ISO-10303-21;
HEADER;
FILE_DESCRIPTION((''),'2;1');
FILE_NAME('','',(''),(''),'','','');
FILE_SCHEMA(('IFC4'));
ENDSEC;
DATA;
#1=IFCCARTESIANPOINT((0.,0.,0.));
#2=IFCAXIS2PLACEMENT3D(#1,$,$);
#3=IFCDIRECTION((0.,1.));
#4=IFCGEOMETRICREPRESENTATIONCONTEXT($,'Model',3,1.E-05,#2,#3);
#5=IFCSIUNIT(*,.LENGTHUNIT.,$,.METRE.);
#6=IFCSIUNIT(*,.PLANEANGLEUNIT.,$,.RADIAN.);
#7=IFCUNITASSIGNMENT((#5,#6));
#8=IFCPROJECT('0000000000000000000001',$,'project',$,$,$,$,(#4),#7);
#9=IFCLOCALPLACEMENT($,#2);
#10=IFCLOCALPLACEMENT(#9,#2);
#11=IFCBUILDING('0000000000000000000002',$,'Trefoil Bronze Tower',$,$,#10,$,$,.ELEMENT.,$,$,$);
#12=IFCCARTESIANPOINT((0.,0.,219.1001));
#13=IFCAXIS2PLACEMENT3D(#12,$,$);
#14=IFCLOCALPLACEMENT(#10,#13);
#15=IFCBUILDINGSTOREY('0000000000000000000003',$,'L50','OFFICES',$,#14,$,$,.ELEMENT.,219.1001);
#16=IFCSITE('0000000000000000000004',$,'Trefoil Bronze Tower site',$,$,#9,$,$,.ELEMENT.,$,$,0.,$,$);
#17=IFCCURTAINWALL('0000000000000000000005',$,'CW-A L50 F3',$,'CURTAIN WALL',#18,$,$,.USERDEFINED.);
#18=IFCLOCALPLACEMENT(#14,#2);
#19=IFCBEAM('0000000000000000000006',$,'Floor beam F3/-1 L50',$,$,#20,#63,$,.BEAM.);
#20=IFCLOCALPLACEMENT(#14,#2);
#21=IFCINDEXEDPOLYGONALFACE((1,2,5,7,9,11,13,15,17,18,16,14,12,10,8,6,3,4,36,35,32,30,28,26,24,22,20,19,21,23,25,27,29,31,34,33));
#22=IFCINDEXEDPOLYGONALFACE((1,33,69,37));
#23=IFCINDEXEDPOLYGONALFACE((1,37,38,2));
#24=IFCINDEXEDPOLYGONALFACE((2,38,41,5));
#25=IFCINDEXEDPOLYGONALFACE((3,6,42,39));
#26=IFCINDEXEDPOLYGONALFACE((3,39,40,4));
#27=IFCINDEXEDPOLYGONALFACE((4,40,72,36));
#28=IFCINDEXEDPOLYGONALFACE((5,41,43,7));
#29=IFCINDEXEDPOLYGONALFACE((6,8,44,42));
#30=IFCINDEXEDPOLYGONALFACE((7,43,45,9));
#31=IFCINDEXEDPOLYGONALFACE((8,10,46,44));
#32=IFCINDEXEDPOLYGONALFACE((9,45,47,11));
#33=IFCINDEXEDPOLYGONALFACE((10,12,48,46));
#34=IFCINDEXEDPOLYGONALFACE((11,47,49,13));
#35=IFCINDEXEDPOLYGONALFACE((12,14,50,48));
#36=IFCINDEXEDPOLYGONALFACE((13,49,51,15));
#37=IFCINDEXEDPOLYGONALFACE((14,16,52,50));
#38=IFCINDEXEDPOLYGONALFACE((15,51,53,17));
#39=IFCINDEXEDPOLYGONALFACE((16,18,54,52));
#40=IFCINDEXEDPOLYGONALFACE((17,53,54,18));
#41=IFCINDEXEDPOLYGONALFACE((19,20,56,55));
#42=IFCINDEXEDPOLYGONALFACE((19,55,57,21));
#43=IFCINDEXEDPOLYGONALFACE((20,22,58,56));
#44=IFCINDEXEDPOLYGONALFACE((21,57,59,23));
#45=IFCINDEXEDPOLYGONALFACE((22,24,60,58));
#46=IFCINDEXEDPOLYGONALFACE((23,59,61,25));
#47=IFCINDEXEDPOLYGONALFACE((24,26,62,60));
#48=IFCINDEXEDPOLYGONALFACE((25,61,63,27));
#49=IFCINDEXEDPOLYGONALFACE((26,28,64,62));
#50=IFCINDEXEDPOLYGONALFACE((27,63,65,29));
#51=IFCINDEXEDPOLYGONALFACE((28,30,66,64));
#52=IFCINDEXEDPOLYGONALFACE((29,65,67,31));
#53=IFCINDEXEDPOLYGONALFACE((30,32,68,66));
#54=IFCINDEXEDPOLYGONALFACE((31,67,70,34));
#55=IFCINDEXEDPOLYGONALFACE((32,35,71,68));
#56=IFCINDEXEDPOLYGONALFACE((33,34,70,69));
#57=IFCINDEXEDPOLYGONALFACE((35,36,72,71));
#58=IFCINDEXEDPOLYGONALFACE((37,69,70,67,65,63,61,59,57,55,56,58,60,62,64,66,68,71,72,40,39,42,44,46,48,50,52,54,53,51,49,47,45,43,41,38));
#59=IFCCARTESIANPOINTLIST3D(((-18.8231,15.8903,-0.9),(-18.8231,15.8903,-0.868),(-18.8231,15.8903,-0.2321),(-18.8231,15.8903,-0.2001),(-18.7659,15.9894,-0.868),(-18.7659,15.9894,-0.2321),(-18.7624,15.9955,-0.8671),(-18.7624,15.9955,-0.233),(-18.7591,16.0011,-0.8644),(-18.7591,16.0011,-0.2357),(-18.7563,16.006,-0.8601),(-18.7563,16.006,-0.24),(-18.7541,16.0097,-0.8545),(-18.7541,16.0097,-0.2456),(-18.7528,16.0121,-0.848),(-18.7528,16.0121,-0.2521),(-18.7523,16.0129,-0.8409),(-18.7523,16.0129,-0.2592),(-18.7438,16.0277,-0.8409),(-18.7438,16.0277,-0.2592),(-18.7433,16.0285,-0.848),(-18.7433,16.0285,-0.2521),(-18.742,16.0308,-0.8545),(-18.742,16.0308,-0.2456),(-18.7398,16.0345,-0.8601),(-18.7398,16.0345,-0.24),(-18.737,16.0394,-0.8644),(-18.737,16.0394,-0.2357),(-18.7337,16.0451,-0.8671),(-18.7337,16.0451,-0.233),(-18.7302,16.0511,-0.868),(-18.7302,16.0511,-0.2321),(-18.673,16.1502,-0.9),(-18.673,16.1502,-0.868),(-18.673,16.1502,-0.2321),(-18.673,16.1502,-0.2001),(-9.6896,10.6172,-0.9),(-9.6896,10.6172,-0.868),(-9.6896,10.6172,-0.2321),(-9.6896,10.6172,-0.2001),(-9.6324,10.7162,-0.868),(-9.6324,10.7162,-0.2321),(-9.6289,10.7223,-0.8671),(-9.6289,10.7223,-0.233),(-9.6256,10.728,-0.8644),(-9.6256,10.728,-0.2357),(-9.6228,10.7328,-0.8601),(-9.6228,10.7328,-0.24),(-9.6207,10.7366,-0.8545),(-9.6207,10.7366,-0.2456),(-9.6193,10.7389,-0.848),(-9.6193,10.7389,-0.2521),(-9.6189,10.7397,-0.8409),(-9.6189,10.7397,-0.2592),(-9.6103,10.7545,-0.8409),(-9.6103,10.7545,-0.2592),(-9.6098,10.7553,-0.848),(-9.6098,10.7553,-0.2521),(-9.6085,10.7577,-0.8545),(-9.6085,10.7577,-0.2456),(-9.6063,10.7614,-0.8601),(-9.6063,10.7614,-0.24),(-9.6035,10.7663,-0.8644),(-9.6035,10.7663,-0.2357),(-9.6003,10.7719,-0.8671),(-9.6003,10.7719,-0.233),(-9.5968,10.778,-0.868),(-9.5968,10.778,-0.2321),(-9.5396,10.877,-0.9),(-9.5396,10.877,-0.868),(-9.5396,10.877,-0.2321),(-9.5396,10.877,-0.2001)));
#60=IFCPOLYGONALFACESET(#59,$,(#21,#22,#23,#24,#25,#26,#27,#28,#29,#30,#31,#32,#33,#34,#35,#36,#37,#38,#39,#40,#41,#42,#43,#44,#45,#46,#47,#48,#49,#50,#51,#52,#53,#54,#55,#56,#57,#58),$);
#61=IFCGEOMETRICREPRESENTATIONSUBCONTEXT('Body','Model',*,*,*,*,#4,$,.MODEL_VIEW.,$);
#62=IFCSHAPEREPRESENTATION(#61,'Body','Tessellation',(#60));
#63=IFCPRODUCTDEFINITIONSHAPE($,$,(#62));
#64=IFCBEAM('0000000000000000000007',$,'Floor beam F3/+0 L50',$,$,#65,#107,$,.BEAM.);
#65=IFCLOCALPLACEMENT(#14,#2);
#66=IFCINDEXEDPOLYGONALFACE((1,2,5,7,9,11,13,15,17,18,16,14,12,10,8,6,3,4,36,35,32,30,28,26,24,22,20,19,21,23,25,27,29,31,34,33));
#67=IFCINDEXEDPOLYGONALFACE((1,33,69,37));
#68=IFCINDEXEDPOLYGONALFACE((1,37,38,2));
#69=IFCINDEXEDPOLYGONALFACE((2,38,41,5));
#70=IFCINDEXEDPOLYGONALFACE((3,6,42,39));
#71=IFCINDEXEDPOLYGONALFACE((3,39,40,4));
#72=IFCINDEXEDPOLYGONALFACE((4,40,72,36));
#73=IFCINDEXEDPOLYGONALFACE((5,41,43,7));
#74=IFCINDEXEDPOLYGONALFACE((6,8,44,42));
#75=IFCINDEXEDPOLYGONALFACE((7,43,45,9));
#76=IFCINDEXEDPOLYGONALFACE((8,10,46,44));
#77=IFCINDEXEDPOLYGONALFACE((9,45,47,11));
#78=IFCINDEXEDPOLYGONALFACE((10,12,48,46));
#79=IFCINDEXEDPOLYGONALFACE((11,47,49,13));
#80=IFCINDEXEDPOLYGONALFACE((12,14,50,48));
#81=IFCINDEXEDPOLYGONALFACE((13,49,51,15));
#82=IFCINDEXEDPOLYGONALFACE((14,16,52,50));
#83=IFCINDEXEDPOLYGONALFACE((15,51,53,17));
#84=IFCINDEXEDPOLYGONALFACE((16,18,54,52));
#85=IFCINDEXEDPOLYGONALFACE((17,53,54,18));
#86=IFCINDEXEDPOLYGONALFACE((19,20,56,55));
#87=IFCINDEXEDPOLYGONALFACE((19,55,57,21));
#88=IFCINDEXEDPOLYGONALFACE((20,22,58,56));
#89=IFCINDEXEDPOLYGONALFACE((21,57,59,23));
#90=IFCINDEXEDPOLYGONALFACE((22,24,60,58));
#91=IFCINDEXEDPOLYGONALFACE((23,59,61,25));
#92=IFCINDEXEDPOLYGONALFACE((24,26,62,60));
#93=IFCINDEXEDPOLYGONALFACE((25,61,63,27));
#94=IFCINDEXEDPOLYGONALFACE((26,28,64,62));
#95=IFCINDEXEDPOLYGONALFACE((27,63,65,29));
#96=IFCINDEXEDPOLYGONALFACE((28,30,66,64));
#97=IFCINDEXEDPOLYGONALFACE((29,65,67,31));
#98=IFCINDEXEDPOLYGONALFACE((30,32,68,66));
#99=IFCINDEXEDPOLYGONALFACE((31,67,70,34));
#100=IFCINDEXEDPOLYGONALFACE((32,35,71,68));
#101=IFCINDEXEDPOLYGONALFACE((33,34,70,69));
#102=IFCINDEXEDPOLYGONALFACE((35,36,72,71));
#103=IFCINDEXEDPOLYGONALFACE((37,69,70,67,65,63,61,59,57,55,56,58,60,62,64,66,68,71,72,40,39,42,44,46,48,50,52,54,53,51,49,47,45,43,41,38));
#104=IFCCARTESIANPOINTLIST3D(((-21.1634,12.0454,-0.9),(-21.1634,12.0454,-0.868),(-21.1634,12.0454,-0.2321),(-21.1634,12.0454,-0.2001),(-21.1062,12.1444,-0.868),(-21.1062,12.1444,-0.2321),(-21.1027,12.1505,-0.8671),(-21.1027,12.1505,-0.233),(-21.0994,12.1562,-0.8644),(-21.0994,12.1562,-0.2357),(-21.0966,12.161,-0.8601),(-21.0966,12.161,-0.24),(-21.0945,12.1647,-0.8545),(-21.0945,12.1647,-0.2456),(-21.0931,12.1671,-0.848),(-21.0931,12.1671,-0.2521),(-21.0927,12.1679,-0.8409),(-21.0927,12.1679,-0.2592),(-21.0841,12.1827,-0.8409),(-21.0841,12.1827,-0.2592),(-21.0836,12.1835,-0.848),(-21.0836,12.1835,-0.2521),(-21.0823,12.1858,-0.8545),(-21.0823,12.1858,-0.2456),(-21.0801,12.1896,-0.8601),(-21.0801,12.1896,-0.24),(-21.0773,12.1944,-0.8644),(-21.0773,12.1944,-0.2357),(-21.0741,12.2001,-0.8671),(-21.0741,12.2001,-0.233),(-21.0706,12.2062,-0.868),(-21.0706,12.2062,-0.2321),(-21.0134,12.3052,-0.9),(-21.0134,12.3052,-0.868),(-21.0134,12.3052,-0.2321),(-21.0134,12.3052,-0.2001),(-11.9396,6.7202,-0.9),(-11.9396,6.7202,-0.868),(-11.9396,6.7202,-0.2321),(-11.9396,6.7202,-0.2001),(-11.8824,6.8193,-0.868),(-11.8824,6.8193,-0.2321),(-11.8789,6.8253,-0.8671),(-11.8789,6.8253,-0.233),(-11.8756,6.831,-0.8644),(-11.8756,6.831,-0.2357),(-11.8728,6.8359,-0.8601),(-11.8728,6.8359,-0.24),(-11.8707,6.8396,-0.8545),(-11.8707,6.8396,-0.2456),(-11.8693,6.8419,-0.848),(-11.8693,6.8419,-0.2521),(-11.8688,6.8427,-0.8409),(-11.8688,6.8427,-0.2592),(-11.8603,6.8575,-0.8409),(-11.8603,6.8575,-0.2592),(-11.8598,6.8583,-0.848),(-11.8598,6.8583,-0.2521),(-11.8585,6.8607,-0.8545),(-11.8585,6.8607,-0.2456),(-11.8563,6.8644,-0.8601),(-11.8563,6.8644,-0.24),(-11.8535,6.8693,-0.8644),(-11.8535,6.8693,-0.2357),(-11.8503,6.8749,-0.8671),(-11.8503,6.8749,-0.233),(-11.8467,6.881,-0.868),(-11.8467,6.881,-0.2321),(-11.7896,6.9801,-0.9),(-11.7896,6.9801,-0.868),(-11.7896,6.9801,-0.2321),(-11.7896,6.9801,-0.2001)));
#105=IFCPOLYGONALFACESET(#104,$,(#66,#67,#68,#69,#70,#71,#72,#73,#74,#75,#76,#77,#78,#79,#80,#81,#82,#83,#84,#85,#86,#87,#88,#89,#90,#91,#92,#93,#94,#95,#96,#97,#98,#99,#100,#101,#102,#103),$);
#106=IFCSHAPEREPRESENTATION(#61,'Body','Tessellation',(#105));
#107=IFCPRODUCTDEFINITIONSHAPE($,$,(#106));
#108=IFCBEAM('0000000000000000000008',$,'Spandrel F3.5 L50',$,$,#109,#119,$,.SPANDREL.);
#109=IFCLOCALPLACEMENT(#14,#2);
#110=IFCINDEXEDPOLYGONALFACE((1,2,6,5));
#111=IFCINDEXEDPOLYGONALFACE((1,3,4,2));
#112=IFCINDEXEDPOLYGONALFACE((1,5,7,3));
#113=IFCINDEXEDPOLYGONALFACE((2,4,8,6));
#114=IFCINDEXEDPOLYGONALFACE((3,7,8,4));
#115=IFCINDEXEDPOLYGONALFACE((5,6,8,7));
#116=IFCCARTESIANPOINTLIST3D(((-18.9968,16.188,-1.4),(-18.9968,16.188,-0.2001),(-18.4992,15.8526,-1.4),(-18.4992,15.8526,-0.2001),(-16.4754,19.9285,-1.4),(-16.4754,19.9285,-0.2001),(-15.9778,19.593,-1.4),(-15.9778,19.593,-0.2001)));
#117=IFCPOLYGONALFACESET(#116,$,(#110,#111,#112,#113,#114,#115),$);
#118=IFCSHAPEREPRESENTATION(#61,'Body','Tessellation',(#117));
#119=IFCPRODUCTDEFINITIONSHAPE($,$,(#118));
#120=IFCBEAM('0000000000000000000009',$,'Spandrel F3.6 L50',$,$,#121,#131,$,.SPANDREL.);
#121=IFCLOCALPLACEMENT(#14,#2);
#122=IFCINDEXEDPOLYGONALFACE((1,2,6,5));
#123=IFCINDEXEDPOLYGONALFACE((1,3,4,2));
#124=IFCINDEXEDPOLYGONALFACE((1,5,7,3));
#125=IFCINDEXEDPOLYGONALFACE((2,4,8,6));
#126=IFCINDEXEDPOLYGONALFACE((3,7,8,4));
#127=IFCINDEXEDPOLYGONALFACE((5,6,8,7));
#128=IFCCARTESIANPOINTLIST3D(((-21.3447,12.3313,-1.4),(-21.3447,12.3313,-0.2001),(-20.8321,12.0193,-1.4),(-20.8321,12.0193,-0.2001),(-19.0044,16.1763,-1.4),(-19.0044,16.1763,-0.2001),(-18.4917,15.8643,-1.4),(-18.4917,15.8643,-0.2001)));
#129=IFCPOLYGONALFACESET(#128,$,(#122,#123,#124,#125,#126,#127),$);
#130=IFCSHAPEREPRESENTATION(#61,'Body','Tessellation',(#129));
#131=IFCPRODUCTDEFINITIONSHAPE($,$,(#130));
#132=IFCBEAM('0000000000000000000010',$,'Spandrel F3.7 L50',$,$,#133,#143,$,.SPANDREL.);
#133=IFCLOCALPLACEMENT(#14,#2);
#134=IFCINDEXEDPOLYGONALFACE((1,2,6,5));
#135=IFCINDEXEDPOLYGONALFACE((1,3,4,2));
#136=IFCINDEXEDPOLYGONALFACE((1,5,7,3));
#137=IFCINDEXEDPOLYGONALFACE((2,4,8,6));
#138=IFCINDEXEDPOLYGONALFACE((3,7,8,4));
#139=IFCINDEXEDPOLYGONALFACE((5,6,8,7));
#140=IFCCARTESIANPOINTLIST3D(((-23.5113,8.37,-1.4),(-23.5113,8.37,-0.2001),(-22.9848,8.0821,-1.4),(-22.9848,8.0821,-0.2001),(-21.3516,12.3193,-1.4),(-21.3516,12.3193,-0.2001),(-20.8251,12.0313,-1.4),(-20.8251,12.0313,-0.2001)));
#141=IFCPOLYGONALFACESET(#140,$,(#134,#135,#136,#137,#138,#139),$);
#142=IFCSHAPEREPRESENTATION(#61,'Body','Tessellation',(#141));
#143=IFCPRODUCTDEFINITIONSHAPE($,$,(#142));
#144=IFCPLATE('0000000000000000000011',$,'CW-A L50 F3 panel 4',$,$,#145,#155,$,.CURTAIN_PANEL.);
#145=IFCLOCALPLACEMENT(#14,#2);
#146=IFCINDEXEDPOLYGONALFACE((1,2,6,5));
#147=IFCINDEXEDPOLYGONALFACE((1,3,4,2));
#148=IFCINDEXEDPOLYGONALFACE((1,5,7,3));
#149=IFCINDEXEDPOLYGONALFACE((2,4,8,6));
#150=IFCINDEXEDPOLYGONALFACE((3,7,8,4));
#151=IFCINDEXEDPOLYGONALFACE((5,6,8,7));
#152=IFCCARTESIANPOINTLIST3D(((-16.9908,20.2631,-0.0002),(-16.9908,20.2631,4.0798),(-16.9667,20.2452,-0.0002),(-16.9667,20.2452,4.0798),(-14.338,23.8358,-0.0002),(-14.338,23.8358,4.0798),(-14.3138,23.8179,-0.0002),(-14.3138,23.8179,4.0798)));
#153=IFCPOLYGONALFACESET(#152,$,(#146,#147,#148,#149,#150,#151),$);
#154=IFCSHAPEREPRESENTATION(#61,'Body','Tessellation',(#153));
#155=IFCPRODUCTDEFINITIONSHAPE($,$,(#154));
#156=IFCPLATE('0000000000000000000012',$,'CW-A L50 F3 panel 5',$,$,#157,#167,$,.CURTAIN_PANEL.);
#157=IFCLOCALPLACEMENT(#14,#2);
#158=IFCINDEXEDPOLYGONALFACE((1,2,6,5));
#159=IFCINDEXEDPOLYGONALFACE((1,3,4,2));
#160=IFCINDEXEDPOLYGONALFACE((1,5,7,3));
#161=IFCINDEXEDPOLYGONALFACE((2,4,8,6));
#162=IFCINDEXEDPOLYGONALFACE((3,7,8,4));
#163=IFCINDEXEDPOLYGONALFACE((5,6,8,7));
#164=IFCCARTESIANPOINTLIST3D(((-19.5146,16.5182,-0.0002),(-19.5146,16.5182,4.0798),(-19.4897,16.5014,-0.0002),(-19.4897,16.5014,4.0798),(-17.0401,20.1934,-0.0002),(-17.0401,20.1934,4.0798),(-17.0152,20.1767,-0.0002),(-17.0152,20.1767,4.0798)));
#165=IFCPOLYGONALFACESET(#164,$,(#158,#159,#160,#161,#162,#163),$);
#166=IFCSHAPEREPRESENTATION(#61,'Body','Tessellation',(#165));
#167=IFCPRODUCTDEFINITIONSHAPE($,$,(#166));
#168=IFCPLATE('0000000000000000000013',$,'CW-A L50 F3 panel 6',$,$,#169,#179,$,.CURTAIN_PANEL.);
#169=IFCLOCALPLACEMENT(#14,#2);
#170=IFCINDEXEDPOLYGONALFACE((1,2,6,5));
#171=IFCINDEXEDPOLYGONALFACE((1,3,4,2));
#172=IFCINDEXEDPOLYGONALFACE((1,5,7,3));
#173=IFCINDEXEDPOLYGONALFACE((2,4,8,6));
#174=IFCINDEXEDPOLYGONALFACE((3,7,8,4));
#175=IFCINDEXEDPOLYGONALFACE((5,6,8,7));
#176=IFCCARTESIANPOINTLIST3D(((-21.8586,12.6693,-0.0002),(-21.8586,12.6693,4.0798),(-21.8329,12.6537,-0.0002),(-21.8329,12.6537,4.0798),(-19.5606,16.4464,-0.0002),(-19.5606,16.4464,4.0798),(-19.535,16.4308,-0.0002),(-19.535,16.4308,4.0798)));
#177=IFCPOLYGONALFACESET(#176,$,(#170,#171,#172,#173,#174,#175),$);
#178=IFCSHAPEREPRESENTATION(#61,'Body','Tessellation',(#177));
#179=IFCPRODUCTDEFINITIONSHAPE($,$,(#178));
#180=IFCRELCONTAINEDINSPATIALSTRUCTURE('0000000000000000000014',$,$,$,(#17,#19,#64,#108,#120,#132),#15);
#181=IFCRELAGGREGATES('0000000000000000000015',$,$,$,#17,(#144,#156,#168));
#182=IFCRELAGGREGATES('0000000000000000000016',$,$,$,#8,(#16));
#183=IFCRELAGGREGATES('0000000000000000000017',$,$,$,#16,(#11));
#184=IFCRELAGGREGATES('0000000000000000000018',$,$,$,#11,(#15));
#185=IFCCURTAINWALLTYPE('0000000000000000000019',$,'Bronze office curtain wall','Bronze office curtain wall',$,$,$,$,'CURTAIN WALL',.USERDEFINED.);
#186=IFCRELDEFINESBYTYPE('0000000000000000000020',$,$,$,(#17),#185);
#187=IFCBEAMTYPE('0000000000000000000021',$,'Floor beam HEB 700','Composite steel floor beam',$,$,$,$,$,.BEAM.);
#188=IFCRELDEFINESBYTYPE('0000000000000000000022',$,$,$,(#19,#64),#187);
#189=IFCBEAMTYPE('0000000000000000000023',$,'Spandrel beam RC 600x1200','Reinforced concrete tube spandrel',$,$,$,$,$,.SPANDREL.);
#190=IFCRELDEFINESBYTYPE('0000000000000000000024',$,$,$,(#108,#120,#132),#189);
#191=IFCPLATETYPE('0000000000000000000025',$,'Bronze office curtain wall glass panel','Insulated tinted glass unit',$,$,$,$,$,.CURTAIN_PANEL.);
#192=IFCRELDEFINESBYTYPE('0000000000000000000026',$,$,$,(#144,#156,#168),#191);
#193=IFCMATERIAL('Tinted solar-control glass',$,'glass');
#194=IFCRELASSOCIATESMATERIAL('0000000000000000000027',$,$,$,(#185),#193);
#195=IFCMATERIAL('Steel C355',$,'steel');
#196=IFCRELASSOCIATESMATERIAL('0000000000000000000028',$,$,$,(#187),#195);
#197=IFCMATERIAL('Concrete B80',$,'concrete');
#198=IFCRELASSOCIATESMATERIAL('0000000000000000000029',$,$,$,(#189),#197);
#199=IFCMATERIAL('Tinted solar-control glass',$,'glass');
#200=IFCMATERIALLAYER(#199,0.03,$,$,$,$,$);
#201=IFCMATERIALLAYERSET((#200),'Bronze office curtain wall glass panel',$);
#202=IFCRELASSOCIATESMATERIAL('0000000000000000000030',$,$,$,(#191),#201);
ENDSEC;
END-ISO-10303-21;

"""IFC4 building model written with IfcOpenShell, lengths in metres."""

from ifc_helpers import new_model, si_unit, direction, frame, origin, origin_2d, place, context, subcontext, project, spatial, rectangle, i_section, extrude, material, layer, layer_set, material_profile, profile_set, type_object, element, aggregate, save


model = new_model("IFC4")

# Units and contexts
model_context = context("Model", 3, precision=1e-05, world=origin(), true_north=direction((0.0, 1.0)))
body_context = subcontext(model_context, "Body", "Model", "MODEL_VIEW")
ifc_project = project(units=[si_unit("LENGTHUNIT", "METRE"), si_unit("PLANEANGLEUNIT", "RADIAN")], contexts=[model_context])

# Site, building, storey
site_placement = place(None, origin())
site = spatial("IfcSite", under=ifc_project, at=site_placement, Name="Trefoil Bronze Tower site", CompositionType="ELEMENT", RefElevation=0.0)
building_placement = place(site_placement, origin())
building = spatial("IfcBuilding", under=site, at=building_placement, Name="Trefoil Bronze Tower", CompositionType="ELEMENT")
storey_placement = place(building_placement, frame((0.0, 0.0, 219.1001)))
storey = spatial("IfcBuildingStorey", under=building, at=storey_placement, Name="L50", Description="OFFICES", CompositionType="ELEMENT", Elevation=219.1001)

# Curtain wall
ifc_material_1 = material(Name="Tinted solar-control glass", Category="glass")
curtain_wall_type = type_object("IfcCurtainWallType", Name="Bronze office curtain wall", Description="Bronze office curtain wall", ElementType="CURTAIN WALL", PredefinedType="USERDEFINED", material=ifc_material_1)
curtain_wall_placement = place(storey_placement, origin())
curtain_wall = element("IfcCurtainWall", 1, at=curtain_wall_placement, inside=storey, type_object=curtain_wall_type, Name="CW-A L50 F3", ObjectType="CURTAIN WALL", PredefinedType="USERDEFINED")

# Beams
ifc_material_2 = material(Name="Steel C355", Category="steel")
ifc_material_profile_1 = material_profile(ifc_material_2, i_section(OverallWidth=0.3, OverallDepth=0.7, WebThickness=0.0171, FlangeThickness=0.032, FilletRadius=0.0271, at=origin_2d()), Name="HEB 700")
ifc_profile_set_1 = profile_set([ifc_material_profile_1], Name="Steel C355")
beam_type_1 = type_object("IfcBeamType", Name="Floor beam HEB 700", Description="Composite steel floor beam", PredefinedType="BEAM", material=ifc_profile_set_1)
beam_1_placement = place(storey_placement, frame((-18.748, 16.0203, -0.55), z_axis=(0.866028, -0.499996, 0.0), x_axis=(0.499996, 0.866028, 0.0)))
element("IfcBeam", 2, at=beam_1_placement, inside=storey, type_object=beam_type_1, Name="Floor beam F3/-1 L50", PredefinedType="BEAM", context=body_context, shape_type="SweptSolid", body=[
    extrude(i_section(OverallWidth=0.3, OverallDepth=0.7, WebThickness=0.0171, FlangeThickness=0.032, FilletRadius=0.0271, at=origin_2d()), origin(), (0.0, 0.0, 1.0), 10.5464),
])
beam_2_placement = place(storey_placement, frame((-21.0884, 12.1753, -0.55), z_axis=(0.866034, -0.499985, 0.0), x_axis=(0.499985, 0.866034, 0.0)))
element("IfcBeam", 3, at=beam_2_placement, inside=storey, type_object=beam_type_1, Name="Floor beam F3/+0 L50", PredefinedType="BEAM", context=body_context, shape_type="SweptSolid", body=[
    extrude(i_section(OverallWidth=0.3, OverallDepth=0.7, WebThickness=0.0171, FlangeThickness=0.032, FilletRadius=0.0271, at=origin_2d()), origin(), (0.0, 0.0, 1.0), 10.6506),
])
ifc_material_3 = material(Name="Concrete B80", Category="concrete")
ifc_material_profile_2 = material_profile(ifc_material_3, rectangle(XDim=0.6001, YDim=1.2, at=origin_2d()), Name="RC 600x1200")
ifc_profile_set_2 = profile_set([ifc_material_profile_2], Name="Concrete B80")
beam_type_2 = type_object("IfcBeamType", Name="Spandrel beam RC 600x1200", Description="Reinforced concrete tube spandrel", PredefinedType="SPANDREL", material=ifc_profile_set_2)
beam_3_placement = place(storey_placement, frame((-16.2266, 19.7607, -0.8), z_axis=(-0.558964, -0.829192, 0.0), x_axis=(0.829192, -0.558964, 0.0)))
element("IfcBeam", 4, at=beam_3_placement, inside=storey, type_object=beam_type_2, Name="Spandrel F3.5 L50", PredefinedType="SPANDREL", context=body_context, shape_type="SweptSolid", body=[
    extrude(rectangle(XDim=0.6001, YDim=1.2, at=origin_2d()), origin(), (0.0, 0.0, 1.0), 4.511),
])
for number, where, z_axis, x_axis, name in (
    (5, (-18.748, 16.0203, -0.8), (-0.519933, -0.854207, 0.0), (0.854207, -0.519933, 0.0), "Spandrel F3.6 L50"),
    (6, (-21.0884, 12.1753, -0.8), (-0.479802, -0.877377, 0.0), (0.877377, -0.479802, 0.0), "Spandrel F3.7 L50"),
):
    element("IfcBeam", number, at=place(storey_placement, frame(where, z_axis=z_axis, x_axis=x_axis)), inside=storey, type_object=beam_type_2, Name=name, PredefinedType="SPANDREL", context=body_context, shape_type="SweptSolid", body=[
        extrude(rectangle(XDim=0.6001, YDim=1.2, at=origin_2d()), origin(), (0.0, 0.0, 1.0), 4.5012),
    ])

# Plates
ifc_material_4 = material(Name="Tinted solar-control glass", Category="glass")
ifc_layer_1 = layer(ifc_material_4, 0.03)
ifc_layer_set_1 = layer_set([ifc_layer_1], Name="Bronze office curtain wall glass panel")
plate_type = type_object("IfcPlateType", Name="Bronze office curtain wall glass panel", Description="Insulated tinted glass unit", PredefinedType="CURTAIN_PANEL", material=ifc_layer_set_1)
plate_1_placement = place(storey_placement, frame((-15.6523, 22.0405, -0.0002), z_axis=(0.0, 0.0, 1.0), x_axis=(-0.596162, -0.802865, 0.0)))
plate_1 = element("IfcPlate", 7, at=plate_1_placement, type_object=plate_type, Name="CW-A L50 F3 panel 4", PredefinedType="CURTAIN_PANEL", context=body_context, shape_type="SweptSolid", body=[
    extrude(rectangle(XDim=4.45, YDim=0.03, at=origin_2d()), origin(), (0.0, 0.0, 1.0), 4.0801),
])
plate_2_placement = place(storey_placement, frame((-18.2649, 18.3474, -0.0002), z_axis=(0.0, 0.0, 1.0), x_axis=(-0.558493, -0.829509, 0.0)))
plate_2 = element("IfcPlate", 8, at=plate_2_placement, type_object=plate_type, Name="CW-A L50 F3 panel 5", PredefinedType="CURTAIN_PANEL", context=body_context, shape_type="SweptSolid", body=[
    extrude(rectangle(XDim=4.4307, YDim=0.03, at=origin_2d()), origin(), (0.0, 0.0, 1.0), 4.0801),
])
plate_3_placement = place(storey_placement, frame((-20.6968, 14.55, -0.0002), z_axis=(0.0, 0.0, 1.0), x_axis=(-0.519762, -0.854311, 0.0)))
plate_3 = element("IfcPlate", 9, at=plate_3_placement, type_object=plate_type, Name="CW-A L50 F3 panel 6", PredefinedType="CURTAIN_PANEL", context=body_context, shape_type="SweptSolid", body=[
    extrude(rectangle(XDim=4.4211, YDim=0.03, at=origin_2d()), origin(), (0.0, 0.0, 1.0), 4.0801),
])
aggregate(curtain_wall, [plate_1, plate_2, plate_3])

save(model, "model.ifc")
